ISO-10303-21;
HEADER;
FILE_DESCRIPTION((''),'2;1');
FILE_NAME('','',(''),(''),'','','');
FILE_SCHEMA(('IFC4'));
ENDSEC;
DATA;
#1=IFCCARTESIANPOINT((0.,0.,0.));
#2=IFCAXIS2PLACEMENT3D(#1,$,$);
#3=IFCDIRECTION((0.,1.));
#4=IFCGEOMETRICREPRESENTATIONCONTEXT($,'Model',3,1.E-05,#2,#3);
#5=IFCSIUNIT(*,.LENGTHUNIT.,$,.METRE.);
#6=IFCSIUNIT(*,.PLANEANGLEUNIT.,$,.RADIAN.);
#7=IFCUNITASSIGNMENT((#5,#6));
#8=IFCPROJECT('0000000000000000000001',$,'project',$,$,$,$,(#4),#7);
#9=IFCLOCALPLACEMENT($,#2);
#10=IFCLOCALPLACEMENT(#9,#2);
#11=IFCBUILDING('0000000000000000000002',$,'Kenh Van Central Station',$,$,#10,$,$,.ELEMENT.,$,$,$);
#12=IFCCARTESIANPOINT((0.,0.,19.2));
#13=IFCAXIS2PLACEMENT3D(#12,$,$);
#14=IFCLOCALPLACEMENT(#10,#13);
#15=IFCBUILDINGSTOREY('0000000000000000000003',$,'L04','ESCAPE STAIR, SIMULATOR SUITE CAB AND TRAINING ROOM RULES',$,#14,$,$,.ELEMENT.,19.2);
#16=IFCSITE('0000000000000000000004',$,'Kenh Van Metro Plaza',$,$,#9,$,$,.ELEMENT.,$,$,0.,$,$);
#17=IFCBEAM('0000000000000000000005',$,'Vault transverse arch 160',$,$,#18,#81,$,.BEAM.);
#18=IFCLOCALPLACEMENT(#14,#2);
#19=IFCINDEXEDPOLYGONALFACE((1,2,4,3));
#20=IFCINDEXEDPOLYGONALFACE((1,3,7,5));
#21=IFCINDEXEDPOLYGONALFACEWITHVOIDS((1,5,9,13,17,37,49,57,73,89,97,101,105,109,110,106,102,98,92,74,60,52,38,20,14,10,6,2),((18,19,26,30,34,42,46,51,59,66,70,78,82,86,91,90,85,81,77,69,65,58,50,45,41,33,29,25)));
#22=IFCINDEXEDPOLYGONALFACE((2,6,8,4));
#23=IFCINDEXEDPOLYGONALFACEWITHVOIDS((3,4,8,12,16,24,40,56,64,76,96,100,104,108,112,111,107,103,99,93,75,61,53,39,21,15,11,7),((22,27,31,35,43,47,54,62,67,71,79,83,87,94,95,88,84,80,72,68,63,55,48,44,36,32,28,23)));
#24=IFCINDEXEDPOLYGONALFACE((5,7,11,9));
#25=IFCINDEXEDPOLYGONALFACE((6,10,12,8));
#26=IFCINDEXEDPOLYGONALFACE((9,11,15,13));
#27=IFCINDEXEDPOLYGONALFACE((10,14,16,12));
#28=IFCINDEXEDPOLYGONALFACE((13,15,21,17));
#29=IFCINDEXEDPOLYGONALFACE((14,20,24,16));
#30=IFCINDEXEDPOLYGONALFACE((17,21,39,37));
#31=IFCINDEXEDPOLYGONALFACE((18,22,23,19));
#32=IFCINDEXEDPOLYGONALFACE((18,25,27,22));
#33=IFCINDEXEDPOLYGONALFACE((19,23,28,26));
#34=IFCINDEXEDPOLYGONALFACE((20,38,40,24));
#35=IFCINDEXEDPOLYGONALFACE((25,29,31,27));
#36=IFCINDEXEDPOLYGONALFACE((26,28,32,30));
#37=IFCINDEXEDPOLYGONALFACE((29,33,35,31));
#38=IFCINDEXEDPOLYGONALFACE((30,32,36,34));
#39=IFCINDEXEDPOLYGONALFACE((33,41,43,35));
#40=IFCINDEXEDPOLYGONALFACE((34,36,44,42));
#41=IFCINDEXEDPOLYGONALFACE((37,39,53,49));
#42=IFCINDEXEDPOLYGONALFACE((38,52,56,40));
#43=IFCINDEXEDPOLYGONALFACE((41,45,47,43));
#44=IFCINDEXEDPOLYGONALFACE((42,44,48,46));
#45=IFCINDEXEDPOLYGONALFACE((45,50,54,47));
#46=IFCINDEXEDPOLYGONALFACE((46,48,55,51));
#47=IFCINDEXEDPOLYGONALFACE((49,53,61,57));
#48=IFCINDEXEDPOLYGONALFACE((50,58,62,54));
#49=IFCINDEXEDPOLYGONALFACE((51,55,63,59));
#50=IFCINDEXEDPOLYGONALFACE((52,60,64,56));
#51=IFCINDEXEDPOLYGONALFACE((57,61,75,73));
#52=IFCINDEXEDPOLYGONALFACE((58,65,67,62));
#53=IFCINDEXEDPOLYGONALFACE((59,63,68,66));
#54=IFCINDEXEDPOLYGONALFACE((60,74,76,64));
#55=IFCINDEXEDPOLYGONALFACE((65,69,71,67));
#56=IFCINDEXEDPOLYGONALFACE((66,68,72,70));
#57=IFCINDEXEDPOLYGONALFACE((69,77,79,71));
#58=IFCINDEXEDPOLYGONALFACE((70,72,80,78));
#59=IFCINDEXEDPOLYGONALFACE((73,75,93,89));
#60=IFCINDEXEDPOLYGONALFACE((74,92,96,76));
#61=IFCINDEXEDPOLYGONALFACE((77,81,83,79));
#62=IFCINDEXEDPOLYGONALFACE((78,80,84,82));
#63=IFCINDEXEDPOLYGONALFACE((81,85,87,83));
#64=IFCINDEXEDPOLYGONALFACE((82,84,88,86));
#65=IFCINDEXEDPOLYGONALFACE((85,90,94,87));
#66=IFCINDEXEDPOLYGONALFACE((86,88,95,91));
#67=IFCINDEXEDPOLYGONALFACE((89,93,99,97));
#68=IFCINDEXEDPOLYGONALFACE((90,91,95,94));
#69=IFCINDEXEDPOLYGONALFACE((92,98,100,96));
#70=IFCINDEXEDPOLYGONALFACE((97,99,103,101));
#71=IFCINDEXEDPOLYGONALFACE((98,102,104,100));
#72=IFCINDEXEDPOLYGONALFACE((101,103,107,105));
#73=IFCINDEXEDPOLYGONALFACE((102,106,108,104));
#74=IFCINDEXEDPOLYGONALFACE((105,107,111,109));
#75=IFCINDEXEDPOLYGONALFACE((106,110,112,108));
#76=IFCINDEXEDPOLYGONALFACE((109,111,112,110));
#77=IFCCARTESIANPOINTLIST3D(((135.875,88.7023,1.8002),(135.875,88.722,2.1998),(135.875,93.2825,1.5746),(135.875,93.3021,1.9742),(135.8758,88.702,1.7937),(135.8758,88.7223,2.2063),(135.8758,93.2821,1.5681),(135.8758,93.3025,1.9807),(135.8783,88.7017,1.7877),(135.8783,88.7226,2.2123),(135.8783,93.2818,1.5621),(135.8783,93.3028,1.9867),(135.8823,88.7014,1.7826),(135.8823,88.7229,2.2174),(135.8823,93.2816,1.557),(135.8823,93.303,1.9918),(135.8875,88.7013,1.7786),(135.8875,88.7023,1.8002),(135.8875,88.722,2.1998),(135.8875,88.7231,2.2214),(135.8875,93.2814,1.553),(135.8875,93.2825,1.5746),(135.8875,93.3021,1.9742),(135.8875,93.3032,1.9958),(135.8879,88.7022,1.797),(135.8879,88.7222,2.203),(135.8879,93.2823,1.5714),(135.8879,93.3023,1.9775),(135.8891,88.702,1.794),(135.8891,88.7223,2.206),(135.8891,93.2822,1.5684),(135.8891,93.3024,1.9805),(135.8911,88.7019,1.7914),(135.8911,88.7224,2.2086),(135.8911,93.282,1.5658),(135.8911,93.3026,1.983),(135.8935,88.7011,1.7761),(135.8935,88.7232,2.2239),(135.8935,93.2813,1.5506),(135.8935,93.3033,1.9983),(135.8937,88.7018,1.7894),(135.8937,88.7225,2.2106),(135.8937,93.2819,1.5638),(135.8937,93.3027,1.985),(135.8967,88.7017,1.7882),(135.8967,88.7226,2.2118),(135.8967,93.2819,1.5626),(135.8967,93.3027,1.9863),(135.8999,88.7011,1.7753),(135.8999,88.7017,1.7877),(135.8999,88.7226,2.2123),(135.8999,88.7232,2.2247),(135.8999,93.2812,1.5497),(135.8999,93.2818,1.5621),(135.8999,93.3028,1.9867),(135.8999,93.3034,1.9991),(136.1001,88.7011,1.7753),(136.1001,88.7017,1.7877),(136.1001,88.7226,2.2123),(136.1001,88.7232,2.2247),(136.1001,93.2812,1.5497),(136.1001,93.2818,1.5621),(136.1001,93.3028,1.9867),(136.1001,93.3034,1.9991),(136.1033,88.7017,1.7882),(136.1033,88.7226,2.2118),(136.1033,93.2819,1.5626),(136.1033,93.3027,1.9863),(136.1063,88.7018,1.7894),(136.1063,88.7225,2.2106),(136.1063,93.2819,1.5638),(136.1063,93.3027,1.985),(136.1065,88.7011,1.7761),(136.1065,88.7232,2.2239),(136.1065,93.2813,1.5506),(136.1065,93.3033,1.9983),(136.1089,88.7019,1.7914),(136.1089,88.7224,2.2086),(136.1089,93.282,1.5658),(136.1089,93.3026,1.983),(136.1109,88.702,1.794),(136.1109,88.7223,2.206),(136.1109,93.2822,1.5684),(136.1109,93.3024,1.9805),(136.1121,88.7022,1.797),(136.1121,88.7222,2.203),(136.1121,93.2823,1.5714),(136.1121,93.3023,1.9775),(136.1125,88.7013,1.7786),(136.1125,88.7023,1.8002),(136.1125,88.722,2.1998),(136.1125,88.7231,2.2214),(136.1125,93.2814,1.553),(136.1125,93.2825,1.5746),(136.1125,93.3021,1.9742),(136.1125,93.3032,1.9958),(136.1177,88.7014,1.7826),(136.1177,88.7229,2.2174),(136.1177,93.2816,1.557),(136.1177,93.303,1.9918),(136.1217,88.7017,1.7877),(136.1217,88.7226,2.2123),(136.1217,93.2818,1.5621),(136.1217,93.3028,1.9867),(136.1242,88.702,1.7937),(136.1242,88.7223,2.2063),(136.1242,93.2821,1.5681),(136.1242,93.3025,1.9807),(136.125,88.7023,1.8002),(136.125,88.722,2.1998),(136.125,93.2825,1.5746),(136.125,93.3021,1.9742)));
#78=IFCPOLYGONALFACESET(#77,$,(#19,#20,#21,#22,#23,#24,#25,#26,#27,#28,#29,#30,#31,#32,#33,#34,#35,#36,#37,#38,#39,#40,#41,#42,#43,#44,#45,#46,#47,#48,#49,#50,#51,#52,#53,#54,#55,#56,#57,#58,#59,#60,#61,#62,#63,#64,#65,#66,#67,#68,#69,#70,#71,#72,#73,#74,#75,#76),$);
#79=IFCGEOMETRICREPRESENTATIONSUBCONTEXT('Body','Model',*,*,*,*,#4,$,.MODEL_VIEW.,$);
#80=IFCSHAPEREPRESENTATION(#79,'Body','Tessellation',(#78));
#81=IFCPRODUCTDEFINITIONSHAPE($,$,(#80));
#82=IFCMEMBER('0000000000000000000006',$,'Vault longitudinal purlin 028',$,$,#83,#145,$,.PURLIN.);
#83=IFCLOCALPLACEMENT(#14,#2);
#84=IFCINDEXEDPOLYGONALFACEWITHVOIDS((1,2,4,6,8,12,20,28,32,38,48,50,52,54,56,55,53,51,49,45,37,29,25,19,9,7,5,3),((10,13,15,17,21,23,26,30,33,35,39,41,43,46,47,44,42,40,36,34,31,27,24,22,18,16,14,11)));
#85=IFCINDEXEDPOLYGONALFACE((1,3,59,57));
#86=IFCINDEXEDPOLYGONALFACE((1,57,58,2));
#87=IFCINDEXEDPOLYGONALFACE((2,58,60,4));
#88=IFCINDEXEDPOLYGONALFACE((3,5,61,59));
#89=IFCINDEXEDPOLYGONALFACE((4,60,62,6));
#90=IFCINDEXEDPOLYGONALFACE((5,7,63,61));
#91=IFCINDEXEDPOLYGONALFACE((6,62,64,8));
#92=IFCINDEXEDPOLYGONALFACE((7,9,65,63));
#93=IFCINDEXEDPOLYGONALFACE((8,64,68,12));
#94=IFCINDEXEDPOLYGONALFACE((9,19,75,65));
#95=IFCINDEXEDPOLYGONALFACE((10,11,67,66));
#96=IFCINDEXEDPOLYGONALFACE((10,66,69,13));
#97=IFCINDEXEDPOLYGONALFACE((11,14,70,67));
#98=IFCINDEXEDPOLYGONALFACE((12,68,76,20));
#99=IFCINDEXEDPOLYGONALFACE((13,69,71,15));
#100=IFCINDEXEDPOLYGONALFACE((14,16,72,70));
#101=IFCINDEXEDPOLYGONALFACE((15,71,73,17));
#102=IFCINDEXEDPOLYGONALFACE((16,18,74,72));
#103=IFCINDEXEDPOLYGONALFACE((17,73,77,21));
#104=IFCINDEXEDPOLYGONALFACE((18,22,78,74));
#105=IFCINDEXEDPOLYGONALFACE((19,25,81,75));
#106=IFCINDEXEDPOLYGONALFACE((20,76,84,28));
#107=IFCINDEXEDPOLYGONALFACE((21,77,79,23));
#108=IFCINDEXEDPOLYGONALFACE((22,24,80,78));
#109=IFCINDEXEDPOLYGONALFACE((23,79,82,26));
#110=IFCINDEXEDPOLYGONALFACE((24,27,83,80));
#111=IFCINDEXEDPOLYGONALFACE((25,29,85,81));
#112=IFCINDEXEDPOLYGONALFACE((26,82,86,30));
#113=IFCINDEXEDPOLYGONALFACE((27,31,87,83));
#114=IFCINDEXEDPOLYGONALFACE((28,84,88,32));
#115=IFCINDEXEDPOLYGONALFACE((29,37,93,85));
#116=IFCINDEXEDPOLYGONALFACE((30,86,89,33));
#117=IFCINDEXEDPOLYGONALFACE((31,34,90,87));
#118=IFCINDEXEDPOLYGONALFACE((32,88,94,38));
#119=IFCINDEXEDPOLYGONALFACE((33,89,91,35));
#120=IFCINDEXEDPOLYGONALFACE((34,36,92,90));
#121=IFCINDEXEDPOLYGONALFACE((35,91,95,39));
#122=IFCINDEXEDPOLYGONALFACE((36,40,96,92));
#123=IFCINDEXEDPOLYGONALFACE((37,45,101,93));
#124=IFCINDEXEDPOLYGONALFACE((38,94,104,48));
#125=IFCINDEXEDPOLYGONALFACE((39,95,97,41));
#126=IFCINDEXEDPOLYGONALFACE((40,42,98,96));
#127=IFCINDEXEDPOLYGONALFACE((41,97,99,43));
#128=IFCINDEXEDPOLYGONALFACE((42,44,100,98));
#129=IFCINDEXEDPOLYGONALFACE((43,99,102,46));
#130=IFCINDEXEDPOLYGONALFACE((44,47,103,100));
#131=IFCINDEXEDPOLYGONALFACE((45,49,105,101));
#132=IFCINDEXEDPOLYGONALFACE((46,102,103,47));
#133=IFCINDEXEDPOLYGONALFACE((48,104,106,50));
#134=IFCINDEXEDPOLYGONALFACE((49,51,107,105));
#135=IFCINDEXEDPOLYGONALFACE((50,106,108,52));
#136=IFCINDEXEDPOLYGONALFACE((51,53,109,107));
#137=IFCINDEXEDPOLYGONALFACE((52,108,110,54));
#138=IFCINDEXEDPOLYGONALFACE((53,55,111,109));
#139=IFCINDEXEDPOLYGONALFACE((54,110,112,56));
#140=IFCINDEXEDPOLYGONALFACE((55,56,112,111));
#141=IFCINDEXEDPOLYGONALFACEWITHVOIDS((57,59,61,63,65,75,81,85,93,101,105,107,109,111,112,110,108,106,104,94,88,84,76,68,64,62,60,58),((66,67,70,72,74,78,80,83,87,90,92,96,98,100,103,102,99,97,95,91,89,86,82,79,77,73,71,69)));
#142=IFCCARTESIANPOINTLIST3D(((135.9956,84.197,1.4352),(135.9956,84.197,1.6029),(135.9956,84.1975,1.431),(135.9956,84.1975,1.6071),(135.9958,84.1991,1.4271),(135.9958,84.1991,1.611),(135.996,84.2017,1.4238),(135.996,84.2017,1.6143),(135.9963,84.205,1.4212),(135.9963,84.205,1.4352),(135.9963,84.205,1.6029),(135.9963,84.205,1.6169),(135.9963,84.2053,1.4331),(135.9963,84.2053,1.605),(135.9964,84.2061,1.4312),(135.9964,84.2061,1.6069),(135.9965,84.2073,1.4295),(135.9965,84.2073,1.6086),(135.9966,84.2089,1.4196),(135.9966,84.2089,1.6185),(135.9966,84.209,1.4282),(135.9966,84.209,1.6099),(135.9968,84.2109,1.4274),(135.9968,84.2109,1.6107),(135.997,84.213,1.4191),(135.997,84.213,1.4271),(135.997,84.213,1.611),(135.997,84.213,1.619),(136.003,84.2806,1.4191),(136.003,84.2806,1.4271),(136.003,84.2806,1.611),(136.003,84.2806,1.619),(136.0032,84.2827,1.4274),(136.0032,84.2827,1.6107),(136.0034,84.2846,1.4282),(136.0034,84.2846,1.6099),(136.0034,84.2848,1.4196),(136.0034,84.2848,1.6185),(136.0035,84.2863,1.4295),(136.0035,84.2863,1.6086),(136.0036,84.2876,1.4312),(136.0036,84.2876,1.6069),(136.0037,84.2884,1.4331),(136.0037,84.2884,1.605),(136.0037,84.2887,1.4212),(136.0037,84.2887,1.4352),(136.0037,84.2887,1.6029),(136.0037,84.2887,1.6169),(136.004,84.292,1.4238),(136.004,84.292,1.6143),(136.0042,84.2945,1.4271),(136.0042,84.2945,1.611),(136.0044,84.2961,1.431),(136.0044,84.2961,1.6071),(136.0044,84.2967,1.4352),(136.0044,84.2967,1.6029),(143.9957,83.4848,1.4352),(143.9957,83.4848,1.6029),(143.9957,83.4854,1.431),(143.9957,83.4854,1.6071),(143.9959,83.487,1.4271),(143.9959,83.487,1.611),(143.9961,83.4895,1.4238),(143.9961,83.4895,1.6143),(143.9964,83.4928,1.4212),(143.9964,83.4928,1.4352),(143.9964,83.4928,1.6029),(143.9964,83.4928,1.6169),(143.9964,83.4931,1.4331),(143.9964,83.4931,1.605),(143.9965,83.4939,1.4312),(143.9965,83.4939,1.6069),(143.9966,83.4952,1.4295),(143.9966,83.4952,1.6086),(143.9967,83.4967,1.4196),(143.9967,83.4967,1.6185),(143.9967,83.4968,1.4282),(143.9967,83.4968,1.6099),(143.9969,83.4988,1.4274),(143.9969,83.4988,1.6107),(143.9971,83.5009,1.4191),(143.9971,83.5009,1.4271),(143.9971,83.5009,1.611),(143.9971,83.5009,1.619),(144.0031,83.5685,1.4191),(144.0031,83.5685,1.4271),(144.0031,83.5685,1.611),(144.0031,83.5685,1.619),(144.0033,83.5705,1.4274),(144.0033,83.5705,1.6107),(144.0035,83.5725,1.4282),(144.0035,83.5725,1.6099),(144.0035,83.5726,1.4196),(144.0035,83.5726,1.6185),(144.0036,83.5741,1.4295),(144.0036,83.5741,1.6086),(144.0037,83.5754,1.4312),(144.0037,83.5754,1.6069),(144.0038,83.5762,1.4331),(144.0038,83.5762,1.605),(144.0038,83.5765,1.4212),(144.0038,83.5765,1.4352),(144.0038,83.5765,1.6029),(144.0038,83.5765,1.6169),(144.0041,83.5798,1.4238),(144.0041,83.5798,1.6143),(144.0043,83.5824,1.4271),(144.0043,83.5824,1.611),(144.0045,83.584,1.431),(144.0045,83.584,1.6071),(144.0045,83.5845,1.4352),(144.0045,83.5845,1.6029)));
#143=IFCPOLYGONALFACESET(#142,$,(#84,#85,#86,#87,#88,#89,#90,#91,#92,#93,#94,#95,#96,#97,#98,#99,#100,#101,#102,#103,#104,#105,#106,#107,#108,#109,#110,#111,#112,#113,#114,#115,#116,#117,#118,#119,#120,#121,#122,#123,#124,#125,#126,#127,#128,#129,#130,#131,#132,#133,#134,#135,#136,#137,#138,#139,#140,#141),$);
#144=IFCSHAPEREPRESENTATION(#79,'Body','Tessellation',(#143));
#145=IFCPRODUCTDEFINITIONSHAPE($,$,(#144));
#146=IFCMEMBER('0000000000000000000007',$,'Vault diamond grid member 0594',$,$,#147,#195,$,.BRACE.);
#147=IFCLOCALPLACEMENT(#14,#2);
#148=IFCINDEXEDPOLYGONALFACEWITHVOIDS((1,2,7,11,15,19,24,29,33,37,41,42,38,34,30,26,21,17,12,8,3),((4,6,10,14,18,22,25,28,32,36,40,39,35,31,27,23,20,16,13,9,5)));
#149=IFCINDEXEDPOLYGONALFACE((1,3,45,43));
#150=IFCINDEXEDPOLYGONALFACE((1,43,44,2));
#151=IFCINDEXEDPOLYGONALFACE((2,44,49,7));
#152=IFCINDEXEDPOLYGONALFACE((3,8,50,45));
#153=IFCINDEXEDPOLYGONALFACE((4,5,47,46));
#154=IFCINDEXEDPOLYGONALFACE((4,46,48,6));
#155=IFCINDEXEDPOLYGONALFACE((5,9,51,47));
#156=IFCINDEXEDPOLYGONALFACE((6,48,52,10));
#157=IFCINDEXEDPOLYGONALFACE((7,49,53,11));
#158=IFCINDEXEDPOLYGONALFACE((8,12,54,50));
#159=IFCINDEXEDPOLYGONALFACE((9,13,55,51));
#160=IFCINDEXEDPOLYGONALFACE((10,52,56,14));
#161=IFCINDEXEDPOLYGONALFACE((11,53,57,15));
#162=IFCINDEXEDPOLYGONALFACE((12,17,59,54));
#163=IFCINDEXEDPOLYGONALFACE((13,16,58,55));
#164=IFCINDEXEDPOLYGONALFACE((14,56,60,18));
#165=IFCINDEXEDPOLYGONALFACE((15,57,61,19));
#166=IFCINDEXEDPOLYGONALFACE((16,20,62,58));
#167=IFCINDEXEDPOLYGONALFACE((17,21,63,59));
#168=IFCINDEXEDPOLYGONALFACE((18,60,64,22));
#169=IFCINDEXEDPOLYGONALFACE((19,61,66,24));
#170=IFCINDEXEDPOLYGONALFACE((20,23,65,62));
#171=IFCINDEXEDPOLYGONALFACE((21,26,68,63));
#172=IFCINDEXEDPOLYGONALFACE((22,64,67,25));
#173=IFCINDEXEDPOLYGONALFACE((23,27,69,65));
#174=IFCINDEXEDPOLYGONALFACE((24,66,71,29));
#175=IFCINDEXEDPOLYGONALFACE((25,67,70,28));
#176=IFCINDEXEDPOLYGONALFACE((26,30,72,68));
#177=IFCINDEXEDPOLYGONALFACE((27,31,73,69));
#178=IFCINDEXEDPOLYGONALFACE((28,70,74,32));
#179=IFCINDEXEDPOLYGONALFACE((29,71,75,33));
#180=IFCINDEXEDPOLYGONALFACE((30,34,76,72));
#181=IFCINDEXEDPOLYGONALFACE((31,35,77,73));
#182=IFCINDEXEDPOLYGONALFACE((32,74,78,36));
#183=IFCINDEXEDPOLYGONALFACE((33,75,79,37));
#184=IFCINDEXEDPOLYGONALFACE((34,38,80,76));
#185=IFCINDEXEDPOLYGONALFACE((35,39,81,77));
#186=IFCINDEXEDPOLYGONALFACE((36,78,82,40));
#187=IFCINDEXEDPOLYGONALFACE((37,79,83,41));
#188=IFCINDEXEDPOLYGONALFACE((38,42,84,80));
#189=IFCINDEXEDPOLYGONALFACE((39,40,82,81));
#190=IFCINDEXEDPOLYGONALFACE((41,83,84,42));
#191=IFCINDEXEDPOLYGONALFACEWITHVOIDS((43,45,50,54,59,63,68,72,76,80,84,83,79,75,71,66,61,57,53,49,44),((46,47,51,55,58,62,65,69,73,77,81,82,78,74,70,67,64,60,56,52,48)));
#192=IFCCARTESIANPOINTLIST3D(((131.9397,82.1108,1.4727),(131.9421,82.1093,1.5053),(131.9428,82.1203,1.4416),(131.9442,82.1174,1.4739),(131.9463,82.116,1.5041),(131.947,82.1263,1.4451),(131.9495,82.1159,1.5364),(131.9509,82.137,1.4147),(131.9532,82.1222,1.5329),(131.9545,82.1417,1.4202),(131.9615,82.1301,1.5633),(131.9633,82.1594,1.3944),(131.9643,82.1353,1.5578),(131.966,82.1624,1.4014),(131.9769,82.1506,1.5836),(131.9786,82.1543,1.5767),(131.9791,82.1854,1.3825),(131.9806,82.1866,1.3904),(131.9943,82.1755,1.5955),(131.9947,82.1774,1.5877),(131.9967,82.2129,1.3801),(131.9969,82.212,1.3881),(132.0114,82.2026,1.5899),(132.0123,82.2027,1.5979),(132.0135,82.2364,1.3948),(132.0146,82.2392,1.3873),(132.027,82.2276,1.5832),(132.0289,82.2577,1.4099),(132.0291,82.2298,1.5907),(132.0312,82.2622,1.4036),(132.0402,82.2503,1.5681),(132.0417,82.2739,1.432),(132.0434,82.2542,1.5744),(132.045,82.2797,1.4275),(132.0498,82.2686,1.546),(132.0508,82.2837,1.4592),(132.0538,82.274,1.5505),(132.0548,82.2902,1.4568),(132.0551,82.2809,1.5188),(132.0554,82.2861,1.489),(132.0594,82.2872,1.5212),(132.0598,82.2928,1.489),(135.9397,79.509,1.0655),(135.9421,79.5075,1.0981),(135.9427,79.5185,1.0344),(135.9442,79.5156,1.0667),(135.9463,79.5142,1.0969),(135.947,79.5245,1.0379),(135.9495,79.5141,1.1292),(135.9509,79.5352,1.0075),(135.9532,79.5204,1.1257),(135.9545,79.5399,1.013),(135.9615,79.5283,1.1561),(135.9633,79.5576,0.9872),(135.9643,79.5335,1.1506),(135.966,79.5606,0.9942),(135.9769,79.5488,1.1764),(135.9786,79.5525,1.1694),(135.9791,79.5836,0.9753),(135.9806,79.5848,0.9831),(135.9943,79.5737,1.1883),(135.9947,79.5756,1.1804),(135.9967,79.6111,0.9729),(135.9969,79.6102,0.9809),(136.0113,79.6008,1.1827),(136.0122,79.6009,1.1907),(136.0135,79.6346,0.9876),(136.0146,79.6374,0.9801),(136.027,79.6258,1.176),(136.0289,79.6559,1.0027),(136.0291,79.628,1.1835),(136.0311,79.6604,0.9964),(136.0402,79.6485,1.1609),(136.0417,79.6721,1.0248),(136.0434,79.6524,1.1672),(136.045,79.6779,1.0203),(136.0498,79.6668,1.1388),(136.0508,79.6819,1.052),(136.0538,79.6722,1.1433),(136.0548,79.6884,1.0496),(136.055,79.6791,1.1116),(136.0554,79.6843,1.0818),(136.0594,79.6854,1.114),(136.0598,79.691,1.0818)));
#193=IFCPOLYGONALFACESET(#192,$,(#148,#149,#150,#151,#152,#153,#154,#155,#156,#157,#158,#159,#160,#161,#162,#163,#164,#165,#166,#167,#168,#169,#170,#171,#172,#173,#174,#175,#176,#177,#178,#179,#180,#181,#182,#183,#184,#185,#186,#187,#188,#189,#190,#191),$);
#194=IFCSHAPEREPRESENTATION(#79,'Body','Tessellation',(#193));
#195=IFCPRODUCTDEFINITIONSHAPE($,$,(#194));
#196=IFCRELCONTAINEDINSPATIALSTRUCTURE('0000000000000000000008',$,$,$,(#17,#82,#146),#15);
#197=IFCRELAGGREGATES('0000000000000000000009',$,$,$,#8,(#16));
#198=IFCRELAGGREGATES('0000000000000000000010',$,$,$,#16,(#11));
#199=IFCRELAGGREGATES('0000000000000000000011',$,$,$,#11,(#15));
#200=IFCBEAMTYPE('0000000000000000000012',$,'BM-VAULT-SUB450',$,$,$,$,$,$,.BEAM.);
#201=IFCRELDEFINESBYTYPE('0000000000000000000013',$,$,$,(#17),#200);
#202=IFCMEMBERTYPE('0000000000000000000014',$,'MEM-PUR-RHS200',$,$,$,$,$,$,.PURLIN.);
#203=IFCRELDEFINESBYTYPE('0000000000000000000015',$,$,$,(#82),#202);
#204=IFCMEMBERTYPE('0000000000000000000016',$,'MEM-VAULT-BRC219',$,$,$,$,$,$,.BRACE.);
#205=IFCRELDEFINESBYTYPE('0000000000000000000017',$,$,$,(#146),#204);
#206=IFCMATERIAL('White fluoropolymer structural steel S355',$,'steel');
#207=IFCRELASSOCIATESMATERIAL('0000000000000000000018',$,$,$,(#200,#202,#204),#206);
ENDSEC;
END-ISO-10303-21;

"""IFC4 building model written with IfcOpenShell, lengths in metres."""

from ifc_helpers import new_model, si_unit, direction, frame, origin, origin_2d, place, context, subcontext, project, spatial, hollow_rectangle, hollow_circle, extrude, material, material_profile, profile_set, type_object, element, save


model = new_model("IFC4")

# Units and contexts
model_context = context("Model", 3, precision=1e-05, world=origin(), true_north=direction((0.0, 1.0)))
body_context = subcontext(model_context, "Body", "Model", "MODEL_VIEW")
ifc_project = project(units=[si_unit("LENGTHUNIT", "METRE"), si_unit("PLANEANGLEUNIT", "RADIAN")], contexts=[model_context])

# Site, building, storey
site_placement = place(None, origin())
site = spatial("IfcSite", under=ifc_project, at=site_placement, Name="Kenh Van Metro Plaza", CompositionType="ELEMENT", RefElevation=0.0)
building_placement = place(site_placement, origin())
building = spatial("IfcBuilding", under=site, at=building_placement, Name="Kenh Van Central Station", CompositionType="ELEMENT")
storey_placement = place(building_placement, frame((0.0, 0.0, 19.2)))
storey = spatial("IfcBuildingStorey", under=building, at=storey_placement, Name="L04", Description="ESCAPE STAIR, SIMULATOR SUITE CAB AND TRAINING ROOM RULES", CompositionType="ELEMENT", Elevation=19.2)

# Beam
ifc_material_1 = material(Name="White fluoropolymer structural steel S355", Category="steel")
ifc_material_profile_1 = material_profile(ifc_material_1, hollow_rectangle(XDim=0.25, YDim=0.45, WallThickness=0.0125, InnerFilletRadius=0.0125, OuterFilletRadius=0.0249, at=origin_2d()), Name="RHS 450x250x12.5")
ifc_profile_set_1 = profile_set([ifc_material_profile_1], Name="White fluoropolymer structural steel S355")
beam_type = type_object("IfcBeamType", Name="BM-VAULT-SUB450", PredefinedType="BEAM", material=ifc_profile_set_1)
beam_1_placement = place(storey_placement, frame((136.0, 88.7122, 2.0), z_axis=(0.0, 0.998789, -0.049194), x_axis=(-1.0, 0.0, 0.0)))
element("IfcBeam", 1, at=beam_1_placement, inside=storey, type_object=beam_type, Name="Vault transverse arch 160", PredefinedType="BEAM", context=body_context, shape_type="SweptSolid", body=[
    extrude(hollow_rectangle(XDim=0.25, YDim=0.45, WallThickness=0.0125, InnerFilletRadius=0.0125, OuterFilletRadius=0.0249, at=origin_2d()), origin(), (0.0, 0.0, 1.0), 4.5857),
])

# Members
ifc_material_profile_2 = material_profile(ifc_material_1, hollow_rectangle(XDim=0.1001, YDim=0.2, WallThickness=0.0081, InnerFilletRadius=0.0081, OuterFilletRadius=0.0161, at=origin_2d()), Name="RHS 200x100x8")
ifc_profile_set_2 = profile_set([ifc_material_profile_2], Name="White fluoropolymer structural steel S355")
member_type_1 = type_object("IfcMemberType", Name="MEM-PUR-RHS200", PredefinedType="PURLIN", material=ifc_profile_set_2)
member_1_placement = place(storey_placement, frame((136.0, 84.2468, 1.519), z_axis=(0.996061, -0.088669, 0.0), x_axis=(0.088669, 0.996061, 0.0)))
element("IfcMember", 2, at=member_1_placement, inside=storey, type_object=member_type_1, Name="Vault longitudinal purlin 028", PredefinedType="PURLIN", context=body_context, shape_type="SweptSolid", body=[
    extrude(hollow_rectangle(XDim=0.1001, YDim=0.2, WallThickness=0.0081, InnerFilletRadius=0.0081, OuterFilletRadius=0.0161, at=origin_2d()), origin(), (0.0, 0.0, 1.0), 8.0317),
])
ifc_material_profile_3 = material_profile(ifc_material_1, hollow_circle(Radius=0.1096, WallThickness=0.0081, at=origin_2d()), Name="CHS 219.1x8")
ifc_profile_set_3 = profile_set([ifc_material_profile_3], Name="White fluoropolymer structural steel S355")
member_type_2 = type_object("IfcMemberType", Name="MEM-VAULT-BRC219", PredefinedType="BRACE", material=ifc_profile_set_3)
member_2_placement = place(storey_placement, frame((132.0, 82.2009, 1.489), z_axis=(0.835235, -0.54328, -0.085032), x_axis=(0.545254, 0.838271, 0.0)))
element("IfcMember", 3, at=member_2_placement, inside=storey, type_object=member_type_2, Name="Vault diamond grid member 0594", PredefinedType="BRACE", context=body_context, shape_type="SweptSolid", body=[
    extrude(hollow_circle(Radius=0.1096, WallThickness=0.0081, at=origin_2d()), origin(), (0.0, 0.0, 1.0), 4.7891),
])

save(model, "model.ifc")
